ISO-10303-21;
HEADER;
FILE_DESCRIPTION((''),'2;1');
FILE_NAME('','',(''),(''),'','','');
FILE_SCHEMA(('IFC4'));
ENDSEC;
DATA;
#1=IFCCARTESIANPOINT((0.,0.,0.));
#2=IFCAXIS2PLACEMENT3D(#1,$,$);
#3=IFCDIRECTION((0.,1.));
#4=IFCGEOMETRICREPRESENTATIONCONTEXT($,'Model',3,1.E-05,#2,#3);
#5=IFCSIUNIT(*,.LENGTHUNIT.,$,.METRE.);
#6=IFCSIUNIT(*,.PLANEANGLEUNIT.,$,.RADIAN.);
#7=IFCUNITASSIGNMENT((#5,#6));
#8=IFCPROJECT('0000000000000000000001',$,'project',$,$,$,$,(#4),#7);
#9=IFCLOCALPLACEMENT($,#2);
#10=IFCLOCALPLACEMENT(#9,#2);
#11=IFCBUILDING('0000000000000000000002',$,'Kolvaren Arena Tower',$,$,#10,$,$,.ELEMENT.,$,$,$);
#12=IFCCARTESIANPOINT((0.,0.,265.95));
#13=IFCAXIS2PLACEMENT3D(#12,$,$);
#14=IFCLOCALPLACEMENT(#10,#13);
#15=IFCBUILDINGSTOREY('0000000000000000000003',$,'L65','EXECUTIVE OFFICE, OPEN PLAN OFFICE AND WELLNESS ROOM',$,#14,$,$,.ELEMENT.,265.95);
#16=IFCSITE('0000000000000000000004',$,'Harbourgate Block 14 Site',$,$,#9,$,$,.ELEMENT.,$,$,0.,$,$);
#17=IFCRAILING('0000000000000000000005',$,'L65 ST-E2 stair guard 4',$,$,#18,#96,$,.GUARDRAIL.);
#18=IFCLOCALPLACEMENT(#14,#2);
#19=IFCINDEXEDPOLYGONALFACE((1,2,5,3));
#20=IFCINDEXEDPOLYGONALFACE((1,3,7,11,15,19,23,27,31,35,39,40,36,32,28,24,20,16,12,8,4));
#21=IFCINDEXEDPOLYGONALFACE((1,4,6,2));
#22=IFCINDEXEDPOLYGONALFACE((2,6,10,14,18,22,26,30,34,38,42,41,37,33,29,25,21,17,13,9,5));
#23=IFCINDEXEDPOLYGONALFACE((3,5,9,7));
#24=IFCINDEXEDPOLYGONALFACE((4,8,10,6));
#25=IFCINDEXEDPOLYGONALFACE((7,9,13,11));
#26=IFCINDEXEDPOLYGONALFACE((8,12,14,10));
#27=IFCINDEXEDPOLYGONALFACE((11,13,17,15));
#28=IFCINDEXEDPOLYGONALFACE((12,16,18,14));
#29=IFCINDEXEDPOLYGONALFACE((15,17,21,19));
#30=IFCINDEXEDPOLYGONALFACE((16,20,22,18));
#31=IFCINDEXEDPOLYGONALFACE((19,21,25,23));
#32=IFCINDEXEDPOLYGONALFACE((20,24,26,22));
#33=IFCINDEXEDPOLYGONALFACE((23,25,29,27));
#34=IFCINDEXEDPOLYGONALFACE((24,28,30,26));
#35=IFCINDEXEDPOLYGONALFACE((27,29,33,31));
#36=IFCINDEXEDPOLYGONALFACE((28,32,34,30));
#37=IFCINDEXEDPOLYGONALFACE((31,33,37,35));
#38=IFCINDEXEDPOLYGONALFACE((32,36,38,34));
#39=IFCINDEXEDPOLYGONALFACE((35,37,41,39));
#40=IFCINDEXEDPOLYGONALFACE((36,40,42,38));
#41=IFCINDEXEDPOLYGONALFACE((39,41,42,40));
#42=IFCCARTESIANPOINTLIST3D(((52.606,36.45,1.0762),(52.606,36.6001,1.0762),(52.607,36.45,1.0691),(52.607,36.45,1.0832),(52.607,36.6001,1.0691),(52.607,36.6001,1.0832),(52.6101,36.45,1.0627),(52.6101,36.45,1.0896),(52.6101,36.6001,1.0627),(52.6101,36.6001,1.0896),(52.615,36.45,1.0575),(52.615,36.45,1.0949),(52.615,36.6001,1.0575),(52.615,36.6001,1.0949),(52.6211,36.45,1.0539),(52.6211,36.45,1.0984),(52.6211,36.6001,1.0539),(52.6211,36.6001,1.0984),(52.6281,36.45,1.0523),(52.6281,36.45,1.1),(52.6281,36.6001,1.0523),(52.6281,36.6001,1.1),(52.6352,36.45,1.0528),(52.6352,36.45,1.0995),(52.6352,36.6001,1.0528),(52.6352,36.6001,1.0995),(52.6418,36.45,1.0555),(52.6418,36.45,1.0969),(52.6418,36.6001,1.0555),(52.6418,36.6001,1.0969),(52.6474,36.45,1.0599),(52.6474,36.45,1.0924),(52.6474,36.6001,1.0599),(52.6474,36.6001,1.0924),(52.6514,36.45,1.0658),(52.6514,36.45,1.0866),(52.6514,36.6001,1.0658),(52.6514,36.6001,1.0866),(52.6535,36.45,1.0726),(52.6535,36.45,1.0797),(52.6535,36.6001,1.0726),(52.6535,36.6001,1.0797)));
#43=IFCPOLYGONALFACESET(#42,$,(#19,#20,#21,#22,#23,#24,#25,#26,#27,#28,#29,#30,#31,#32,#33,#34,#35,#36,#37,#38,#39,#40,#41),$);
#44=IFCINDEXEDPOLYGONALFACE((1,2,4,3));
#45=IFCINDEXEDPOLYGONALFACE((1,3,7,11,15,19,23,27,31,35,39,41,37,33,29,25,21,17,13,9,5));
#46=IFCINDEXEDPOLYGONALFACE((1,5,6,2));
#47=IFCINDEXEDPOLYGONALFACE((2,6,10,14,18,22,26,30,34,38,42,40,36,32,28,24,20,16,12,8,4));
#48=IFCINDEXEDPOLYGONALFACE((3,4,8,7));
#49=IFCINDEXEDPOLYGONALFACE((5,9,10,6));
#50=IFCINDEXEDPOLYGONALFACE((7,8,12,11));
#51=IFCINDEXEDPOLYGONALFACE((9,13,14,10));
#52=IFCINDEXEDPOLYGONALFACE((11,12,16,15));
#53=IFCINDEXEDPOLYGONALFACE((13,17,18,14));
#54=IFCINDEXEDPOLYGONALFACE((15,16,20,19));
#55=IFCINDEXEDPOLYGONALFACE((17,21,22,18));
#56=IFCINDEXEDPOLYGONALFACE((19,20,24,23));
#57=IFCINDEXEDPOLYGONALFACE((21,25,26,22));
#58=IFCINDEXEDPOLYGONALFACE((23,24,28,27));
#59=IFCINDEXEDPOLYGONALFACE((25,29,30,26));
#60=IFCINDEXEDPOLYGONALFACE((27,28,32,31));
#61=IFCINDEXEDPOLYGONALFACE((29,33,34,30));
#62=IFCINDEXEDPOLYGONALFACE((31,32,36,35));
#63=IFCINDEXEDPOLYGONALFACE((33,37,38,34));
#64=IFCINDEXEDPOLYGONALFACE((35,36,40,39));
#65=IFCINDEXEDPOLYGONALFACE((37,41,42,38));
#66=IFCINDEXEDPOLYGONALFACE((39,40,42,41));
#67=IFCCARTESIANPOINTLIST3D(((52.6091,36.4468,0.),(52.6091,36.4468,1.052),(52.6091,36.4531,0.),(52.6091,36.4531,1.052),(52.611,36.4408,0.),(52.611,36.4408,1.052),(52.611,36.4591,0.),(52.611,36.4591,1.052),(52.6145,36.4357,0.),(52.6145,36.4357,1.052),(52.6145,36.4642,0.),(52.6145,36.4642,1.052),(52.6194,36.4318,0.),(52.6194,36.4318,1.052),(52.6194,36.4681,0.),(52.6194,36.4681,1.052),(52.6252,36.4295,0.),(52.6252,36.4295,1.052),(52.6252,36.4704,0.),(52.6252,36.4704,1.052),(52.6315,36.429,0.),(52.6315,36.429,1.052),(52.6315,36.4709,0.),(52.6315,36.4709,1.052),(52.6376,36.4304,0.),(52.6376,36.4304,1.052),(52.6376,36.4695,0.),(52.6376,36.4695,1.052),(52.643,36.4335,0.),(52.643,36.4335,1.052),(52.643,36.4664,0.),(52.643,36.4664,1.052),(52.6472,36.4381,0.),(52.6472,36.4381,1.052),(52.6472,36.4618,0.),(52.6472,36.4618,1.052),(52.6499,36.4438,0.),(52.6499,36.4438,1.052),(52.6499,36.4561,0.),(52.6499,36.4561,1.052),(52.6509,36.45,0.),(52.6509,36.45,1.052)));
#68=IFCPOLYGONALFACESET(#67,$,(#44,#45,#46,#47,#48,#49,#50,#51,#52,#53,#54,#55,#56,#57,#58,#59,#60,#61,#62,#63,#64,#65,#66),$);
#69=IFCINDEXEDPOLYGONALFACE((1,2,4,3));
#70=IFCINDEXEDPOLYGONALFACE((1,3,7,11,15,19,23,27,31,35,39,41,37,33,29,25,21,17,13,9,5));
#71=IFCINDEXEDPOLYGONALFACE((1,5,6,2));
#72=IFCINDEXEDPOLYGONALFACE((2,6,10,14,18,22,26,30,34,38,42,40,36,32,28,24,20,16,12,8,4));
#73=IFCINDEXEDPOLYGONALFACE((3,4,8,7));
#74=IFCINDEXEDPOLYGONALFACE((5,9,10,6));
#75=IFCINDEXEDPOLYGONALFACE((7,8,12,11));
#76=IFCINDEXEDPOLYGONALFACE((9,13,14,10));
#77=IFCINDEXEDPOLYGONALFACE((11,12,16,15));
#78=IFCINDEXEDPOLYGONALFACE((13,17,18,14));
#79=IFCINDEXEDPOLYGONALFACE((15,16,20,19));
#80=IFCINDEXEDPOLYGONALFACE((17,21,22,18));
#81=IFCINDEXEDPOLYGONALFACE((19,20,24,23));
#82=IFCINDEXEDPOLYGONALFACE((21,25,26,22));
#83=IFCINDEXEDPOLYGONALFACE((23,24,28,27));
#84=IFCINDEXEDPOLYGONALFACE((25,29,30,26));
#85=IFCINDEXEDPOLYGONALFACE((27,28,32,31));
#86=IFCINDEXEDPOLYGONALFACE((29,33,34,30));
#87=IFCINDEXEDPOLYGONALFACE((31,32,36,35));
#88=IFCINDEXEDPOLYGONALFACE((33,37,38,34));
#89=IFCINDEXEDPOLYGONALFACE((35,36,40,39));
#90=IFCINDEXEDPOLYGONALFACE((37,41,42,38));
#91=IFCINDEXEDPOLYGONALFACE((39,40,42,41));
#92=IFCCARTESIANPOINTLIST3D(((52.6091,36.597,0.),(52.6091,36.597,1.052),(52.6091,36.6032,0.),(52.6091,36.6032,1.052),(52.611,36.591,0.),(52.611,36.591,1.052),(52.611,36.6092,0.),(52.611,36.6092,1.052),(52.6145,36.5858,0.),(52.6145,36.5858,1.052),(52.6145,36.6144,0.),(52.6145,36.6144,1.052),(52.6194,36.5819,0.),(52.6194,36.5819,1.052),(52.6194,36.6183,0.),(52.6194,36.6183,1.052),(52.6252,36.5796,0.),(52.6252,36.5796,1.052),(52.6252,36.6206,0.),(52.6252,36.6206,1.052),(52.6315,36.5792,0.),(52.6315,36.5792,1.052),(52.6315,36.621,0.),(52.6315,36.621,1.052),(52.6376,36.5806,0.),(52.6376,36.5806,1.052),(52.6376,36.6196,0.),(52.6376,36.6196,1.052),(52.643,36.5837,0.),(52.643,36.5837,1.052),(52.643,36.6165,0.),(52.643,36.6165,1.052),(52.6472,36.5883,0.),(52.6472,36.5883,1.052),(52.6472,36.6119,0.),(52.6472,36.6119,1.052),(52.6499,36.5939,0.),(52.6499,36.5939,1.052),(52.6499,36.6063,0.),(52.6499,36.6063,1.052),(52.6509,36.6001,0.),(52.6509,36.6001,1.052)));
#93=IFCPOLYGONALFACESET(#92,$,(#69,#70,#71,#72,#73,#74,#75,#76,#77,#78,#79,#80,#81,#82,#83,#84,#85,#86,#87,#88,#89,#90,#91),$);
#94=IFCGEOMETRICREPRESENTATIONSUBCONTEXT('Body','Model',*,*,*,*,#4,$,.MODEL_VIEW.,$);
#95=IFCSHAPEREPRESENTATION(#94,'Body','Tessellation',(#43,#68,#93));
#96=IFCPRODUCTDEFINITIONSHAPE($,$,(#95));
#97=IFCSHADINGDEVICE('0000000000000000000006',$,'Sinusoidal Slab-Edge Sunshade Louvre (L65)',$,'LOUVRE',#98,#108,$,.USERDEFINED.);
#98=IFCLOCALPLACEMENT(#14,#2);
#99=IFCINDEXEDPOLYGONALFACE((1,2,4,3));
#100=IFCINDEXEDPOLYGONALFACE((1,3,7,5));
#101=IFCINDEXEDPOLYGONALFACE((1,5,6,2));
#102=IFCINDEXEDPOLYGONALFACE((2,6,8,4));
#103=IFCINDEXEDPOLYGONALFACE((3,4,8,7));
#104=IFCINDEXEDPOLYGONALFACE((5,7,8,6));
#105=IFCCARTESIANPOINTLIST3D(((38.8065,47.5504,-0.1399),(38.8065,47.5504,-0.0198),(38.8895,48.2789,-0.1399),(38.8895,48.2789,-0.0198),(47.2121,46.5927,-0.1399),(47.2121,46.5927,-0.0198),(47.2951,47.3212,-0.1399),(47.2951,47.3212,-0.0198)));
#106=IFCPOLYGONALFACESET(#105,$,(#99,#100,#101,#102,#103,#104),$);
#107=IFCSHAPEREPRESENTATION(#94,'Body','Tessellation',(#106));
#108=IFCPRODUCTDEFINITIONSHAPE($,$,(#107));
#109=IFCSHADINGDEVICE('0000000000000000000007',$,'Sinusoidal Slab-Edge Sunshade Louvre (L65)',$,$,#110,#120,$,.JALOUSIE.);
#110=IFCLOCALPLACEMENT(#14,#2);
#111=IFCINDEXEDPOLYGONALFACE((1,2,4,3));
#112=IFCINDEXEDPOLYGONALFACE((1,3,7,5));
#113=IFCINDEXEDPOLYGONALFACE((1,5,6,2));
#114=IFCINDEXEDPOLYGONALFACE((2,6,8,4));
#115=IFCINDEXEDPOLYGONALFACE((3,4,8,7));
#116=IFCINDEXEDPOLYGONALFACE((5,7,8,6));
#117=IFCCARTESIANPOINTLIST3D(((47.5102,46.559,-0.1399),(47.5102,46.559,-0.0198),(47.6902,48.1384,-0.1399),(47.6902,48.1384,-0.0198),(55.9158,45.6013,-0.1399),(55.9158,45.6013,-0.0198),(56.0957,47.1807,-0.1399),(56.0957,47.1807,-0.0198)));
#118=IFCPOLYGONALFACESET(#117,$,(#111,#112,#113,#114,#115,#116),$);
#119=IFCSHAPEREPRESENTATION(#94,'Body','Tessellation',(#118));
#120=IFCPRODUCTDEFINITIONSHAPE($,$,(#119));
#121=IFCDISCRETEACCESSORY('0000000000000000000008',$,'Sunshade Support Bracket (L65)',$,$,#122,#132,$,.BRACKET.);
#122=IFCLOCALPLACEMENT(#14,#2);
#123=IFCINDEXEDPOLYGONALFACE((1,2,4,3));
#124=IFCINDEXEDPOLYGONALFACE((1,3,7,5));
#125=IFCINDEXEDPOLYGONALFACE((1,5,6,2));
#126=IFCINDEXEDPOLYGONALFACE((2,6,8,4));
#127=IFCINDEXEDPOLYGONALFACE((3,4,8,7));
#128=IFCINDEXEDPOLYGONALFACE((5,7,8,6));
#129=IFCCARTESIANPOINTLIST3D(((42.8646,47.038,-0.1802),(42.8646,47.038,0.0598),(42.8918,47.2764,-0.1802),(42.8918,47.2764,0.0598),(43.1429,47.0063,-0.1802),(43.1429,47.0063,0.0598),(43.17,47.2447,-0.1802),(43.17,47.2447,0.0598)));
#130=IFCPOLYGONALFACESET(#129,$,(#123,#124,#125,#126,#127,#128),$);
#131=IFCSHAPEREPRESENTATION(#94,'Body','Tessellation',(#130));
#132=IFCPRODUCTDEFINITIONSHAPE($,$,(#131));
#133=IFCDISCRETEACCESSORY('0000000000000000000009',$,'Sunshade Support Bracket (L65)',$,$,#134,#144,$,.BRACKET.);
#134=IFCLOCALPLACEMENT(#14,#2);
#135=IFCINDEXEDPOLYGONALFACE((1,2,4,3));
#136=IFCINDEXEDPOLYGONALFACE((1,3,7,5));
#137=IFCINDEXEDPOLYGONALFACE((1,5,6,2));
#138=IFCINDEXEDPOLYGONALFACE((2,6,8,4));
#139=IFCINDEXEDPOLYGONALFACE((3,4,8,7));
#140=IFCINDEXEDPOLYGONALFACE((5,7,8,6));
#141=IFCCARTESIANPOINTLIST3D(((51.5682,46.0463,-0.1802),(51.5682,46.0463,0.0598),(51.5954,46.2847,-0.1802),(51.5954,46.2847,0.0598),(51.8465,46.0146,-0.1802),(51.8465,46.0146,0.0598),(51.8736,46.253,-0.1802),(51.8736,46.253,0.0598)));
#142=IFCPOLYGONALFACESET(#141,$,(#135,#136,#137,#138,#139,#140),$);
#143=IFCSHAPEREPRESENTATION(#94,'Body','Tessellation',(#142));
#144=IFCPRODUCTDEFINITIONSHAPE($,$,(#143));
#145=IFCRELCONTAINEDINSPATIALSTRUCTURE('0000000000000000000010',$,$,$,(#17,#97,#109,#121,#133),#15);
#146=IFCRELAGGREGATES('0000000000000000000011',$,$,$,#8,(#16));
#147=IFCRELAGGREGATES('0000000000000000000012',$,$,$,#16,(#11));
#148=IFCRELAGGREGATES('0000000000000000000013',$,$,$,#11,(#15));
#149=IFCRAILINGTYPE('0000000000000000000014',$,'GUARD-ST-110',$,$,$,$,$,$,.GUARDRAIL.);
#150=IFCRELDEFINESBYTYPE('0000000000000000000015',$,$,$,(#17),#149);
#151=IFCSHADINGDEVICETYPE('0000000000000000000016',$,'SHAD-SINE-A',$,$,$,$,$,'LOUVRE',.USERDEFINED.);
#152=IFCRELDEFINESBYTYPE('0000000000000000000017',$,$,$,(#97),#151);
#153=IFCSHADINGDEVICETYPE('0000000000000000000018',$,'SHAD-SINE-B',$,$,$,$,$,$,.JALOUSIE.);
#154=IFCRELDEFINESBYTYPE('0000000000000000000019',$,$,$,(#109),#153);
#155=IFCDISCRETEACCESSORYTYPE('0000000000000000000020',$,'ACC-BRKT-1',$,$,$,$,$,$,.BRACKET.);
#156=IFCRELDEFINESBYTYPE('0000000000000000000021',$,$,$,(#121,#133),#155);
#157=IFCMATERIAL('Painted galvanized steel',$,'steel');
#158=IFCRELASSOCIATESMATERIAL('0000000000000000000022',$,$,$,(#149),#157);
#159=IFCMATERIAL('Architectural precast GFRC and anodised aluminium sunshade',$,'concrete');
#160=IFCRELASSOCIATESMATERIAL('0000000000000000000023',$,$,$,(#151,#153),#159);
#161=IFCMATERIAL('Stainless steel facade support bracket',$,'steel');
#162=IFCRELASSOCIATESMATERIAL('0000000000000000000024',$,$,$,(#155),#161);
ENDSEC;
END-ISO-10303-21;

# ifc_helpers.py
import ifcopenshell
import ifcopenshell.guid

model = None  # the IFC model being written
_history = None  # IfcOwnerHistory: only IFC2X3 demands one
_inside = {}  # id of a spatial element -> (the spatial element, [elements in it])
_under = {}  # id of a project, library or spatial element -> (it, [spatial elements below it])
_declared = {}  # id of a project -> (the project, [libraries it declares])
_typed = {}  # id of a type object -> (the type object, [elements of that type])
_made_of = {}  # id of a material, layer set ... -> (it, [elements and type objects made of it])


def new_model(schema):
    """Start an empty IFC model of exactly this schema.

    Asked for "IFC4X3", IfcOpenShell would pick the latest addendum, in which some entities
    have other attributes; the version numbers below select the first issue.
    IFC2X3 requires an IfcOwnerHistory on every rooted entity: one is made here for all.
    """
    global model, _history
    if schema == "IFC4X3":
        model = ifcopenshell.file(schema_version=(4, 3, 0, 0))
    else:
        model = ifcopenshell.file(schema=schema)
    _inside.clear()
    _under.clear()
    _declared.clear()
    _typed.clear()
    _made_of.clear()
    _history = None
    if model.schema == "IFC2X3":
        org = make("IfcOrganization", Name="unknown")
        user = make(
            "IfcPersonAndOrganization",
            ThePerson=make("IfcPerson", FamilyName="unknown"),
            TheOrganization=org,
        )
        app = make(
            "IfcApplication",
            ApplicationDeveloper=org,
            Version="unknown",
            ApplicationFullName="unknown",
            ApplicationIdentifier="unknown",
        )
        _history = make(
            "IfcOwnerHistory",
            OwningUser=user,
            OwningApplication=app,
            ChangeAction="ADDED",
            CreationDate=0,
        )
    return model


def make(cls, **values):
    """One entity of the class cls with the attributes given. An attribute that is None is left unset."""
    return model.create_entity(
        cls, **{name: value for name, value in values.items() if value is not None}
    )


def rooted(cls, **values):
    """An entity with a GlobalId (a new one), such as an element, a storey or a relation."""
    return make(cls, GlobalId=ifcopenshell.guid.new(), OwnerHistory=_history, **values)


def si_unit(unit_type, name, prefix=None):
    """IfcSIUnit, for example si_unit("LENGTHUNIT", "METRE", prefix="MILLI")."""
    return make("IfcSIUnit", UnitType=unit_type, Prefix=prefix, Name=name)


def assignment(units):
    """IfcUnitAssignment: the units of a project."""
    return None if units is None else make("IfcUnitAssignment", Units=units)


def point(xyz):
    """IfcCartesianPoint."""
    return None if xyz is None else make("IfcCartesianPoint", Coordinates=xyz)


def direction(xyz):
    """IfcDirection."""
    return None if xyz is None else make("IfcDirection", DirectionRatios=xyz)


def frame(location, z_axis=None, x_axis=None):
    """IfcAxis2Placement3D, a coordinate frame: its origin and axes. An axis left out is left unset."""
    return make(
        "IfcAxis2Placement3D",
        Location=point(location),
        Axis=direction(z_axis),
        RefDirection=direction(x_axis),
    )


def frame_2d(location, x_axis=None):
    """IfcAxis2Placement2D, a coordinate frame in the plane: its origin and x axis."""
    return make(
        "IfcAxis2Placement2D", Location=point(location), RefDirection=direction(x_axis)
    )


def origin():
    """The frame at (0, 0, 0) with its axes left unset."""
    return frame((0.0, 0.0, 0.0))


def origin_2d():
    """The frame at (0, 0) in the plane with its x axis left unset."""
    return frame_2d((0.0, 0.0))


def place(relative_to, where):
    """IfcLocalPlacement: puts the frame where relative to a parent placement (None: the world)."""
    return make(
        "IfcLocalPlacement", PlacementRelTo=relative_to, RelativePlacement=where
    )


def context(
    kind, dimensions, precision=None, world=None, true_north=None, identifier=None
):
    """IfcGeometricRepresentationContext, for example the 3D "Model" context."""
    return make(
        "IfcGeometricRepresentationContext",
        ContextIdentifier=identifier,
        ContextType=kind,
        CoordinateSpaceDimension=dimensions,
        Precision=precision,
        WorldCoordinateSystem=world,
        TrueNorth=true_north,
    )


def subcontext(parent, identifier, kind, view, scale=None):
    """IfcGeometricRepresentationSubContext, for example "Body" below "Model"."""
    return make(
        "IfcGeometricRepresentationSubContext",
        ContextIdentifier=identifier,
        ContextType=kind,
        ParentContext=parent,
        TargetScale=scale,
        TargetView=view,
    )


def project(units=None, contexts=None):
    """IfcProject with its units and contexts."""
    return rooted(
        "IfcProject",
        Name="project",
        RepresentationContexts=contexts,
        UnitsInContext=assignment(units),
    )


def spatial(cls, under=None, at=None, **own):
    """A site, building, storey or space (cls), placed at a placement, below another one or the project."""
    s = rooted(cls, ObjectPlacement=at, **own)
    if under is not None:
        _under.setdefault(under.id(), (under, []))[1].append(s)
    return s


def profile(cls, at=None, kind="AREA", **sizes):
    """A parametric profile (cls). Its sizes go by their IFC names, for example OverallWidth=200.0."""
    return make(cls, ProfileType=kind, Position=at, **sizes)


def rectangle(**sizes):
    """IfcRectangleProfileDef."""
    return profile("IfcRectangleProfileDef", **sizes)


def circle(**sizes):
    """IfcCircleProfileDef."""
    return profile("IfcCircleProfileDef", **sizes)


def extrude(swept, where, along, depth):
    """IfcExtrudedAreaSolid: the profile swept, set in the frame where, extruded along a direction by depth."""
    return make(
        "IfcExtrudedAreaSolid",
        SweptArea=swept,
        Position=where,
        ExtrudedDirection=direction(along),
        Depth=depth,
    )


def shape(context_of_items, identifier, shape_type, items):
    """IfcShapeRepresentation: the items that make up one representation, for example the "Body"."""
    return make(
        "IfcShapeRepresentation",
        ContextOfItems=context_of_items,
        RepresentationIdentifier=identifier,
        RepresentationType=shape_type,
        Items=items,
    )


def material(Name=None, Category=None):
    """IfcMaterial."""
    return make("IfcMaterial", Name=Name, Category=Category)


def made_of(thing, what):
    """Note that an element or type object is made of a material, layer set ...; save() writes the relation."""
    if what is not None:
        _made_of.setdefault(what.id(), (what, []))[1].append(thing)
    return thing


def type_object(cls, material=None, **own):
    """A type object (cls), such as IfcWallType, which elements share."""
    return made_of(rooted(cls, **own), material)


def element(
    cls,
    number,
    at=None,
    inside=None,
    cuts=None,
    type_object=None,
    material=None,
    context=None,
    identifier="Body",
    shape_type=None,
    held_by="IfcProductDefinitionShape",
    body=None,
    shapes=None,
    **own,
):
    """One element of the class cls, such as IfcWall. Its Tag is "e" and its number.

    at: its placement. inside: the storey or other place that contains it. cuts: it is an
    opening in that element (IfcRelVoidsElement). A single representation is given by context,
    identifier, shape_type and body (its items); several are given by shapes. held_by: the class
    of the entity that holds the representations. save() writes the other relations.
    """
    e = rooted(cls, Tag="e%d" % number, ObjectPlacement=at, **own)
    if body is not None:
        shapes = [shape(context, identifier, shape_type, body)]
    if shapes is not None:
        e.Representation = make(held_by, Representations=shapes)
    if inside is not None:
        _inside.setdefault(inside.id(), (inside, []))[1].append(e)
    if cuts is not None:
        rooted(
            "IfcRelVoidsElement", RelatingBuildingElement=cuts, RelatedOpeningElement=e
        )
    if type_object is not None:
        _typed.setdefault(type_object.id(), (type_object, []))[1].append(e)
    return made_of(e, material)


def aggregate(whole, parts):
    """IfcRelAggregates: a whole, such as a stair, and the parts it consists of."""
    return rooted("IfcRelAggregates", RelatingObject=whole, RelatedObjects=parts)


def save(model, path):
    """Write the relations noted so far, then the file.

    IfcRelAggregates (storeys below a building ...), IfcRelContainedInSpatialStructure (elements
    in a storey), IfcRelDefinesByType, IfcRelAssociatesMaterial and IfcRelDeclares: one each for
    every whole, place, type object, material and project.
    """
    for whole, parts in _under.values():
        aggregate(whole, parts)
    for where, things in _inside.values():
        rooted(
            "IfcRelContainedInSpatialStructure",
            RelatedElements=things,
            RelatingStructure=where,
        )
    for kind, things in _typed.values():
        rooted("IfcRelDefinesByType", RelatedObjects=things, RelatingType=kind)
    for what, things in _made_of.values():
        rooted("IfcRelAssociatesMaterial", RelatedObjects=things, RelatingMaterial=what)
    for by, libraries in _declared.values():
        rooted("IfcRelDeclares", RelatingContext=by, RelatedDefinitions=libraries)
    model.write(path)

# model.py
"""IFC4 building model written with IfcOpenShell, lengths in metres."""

from ifc_helpers import new_model, si_unit, direction, frame, origin, origin_2d, place, context, subcontext, project, spatial, rectangle, circle, extrude, material, type_object, element, save


model = new_model("IFC4")

# Units and contexts
model_context = context("Model", 3, precision=1e-05, world=origin(), true_north=direction((0.0, 1.0)))
body_context = subcontext(model_context, "Body", "Model", "MODEL_VIEW")
ifc_project = project(units=[si_unit("LENGTHUNIT", "METRE"), si_unit("PLANEANGLEUNIT", "RADIAN")], contexts=[model_context])

# Site, building, storey
site_placement = place(None, origin())
site = spatial("IfcSite", under=ifc_project, at=site_placement, Name="Harbourgate Block 14 Site", CompositionType="ELEMENT", RefElevation=0.0)
building_placement = place(site_placement, origin())
building = spatial("IfcBuilding", under=site, at=building_placement, Name="Kolvaren Arena Tower", CompositionType="ELEMENT")
storey_placement = place(building_placement, frame((0.0, 0.0, 265.95)))
storey = spatial("IfcBuildingStorey", under=building, at=storey_placement, Name="L65", Description="EXECUTIVE OFFICE, OPEN PLAN OFFICE AND WELLNESS ROOM", CompositionType="ELEMENT", Elevation=265.95)

# Railing
ifc_material_1 = material(Name="Painted galvanized steel", Category="steel")
railing_type = type_object("IfcRailingType", Name="GUARD-ST-110", PredefinedType="GUARDRAIL", material=ifc_material_1)
railing_1_placement = place(storey_placement, frame((52.6299, 36.45, 0.0)))
element("IfcRailing", 1, at=railing_1_placement, inside=storey, type_object=railing_type, Name="L65 ST-E2 stair guard 4", PredefinedType="GUARDRAIL", context=body_context, shape_type="SweptSolid", body=[
    extrude(circle(Radius=0.0239, at=origin_2d()), frame((0.0, 0.0, 1.0762), z_axis=(0.0, 1.0, 0.0), x_axis=(-1.0, 0.0, 0.0)), (0.0, 0.0, 1.0), 0.1501),
    extrude(circle(Radius=0.021, at=origin_2d()), origin(), (0.0, 0.0, 1.0), 1.052),
    extrude(circle(Radius=0.021, at=origin_2d()), frame((0.0, 0.1501, 0.0)), (0.0, 0.0, 1.0), 1.052),
])

# Shading devices
ifc_material_2 = material(Name="Architectural precast GFRC and anodised aluminium sunshade", Category="concrete")
shading_device_type_1 = type_object("IfcShadingDeviceType", Name="SHAD-SINE-A", ElementType="LOUVRE", PredefinedType="USERDEFINED", material=ifc_material_2)
shading_device_1_placement = place(storey_placement, frame((43.0508, 47.4358, -0.1399), z_axis=(0.0, 0.0, 1.0), x_axis=(0.993572, -0.113205, 0.0)))
element("IfcShadingDevice", 2, at=shading_device_1_placement, inside=storey, type_object=shading_device_type_1, Name="Sinusoidal Slab-Edge Sunshade Louvre (L65)", ObjectType="LOUVRE", PredefinedType="USERDEFINED", context=body_context, shape_type="SweptSolid", body=[
    extrude(rectangle(XDim=8.46, YDim=0.7332, at=origin_2d()), origin(), (0.0, 0.0, 1.0), 0.1201),
])
shading_device_type_2 = type_object("IfcShadingDeviceType", Name="SHAD-SINE-B", PredefinedType="JALOUSIE", material=ifc_material_2)
shading_device_2_placement = place(storey_placement, frame((51.803, 46.8699, -0.1399), z_axis=(0.0, 0.0, 1.0), x_axis=(0.993572, -0.113205, 0.0)))
element("IfcShadingDevice", 3, at=shading_device_2_placement, inside=storey, type_object=shading_device_type_2, Name="Sinusoidal Slab-Edge Sunshade Louvre (L65)", PredefinedType="JALOUSIE", context=body_context, shape_type="SweptSolid", body=[
    extrude(rectangle(XDim=8.46, YDim=1.5896, at=origin_2d()), origin(), (0.0, 0.0, 1.0), 0.1201),
])

# Discrete accessories
ifc_material_3 = material(Name="Stainless steel facade support bracket", Category="steel")
discrete_accessory_type = type_object("IfcDiscreteAccessoryType", Name="ACC-BRKT-1", PredefinedType="BRACKET", material=ifc_material_3)
for number, where, z_axis, x_axis, name in (
    (4, (43.0173, 47.1414, -0.1802), (0.0, 0.0, 1.0), (0.993572, -0.113205, 0.0), "Sunshade Support Bracket (L65)"),
    (5, (51.7209, 46.1497, -0.1802), (0.0, 0.0, 1.0), (0.993572, -0.113205, 0.0), "Sunshade Support Bracket (L65)"),
):
    element("IfcDiscreteAccessory", number, at=place(storey_placement, frame(where, z_axis=z_axis, x_axis=x_axis)), inside=storey, type_object=discrete_accessory_type, Name=name, PredefinedType="BRACKET", context=body_context, shape_type="SweptSolid", body=[
        extrude(rectangle(XDim=0.28, YDim=0.24, at=origin_2d()), origin(), (0.0, 0.0, 1.0), 0.24),
    ])

save(model, "model.ifc")
